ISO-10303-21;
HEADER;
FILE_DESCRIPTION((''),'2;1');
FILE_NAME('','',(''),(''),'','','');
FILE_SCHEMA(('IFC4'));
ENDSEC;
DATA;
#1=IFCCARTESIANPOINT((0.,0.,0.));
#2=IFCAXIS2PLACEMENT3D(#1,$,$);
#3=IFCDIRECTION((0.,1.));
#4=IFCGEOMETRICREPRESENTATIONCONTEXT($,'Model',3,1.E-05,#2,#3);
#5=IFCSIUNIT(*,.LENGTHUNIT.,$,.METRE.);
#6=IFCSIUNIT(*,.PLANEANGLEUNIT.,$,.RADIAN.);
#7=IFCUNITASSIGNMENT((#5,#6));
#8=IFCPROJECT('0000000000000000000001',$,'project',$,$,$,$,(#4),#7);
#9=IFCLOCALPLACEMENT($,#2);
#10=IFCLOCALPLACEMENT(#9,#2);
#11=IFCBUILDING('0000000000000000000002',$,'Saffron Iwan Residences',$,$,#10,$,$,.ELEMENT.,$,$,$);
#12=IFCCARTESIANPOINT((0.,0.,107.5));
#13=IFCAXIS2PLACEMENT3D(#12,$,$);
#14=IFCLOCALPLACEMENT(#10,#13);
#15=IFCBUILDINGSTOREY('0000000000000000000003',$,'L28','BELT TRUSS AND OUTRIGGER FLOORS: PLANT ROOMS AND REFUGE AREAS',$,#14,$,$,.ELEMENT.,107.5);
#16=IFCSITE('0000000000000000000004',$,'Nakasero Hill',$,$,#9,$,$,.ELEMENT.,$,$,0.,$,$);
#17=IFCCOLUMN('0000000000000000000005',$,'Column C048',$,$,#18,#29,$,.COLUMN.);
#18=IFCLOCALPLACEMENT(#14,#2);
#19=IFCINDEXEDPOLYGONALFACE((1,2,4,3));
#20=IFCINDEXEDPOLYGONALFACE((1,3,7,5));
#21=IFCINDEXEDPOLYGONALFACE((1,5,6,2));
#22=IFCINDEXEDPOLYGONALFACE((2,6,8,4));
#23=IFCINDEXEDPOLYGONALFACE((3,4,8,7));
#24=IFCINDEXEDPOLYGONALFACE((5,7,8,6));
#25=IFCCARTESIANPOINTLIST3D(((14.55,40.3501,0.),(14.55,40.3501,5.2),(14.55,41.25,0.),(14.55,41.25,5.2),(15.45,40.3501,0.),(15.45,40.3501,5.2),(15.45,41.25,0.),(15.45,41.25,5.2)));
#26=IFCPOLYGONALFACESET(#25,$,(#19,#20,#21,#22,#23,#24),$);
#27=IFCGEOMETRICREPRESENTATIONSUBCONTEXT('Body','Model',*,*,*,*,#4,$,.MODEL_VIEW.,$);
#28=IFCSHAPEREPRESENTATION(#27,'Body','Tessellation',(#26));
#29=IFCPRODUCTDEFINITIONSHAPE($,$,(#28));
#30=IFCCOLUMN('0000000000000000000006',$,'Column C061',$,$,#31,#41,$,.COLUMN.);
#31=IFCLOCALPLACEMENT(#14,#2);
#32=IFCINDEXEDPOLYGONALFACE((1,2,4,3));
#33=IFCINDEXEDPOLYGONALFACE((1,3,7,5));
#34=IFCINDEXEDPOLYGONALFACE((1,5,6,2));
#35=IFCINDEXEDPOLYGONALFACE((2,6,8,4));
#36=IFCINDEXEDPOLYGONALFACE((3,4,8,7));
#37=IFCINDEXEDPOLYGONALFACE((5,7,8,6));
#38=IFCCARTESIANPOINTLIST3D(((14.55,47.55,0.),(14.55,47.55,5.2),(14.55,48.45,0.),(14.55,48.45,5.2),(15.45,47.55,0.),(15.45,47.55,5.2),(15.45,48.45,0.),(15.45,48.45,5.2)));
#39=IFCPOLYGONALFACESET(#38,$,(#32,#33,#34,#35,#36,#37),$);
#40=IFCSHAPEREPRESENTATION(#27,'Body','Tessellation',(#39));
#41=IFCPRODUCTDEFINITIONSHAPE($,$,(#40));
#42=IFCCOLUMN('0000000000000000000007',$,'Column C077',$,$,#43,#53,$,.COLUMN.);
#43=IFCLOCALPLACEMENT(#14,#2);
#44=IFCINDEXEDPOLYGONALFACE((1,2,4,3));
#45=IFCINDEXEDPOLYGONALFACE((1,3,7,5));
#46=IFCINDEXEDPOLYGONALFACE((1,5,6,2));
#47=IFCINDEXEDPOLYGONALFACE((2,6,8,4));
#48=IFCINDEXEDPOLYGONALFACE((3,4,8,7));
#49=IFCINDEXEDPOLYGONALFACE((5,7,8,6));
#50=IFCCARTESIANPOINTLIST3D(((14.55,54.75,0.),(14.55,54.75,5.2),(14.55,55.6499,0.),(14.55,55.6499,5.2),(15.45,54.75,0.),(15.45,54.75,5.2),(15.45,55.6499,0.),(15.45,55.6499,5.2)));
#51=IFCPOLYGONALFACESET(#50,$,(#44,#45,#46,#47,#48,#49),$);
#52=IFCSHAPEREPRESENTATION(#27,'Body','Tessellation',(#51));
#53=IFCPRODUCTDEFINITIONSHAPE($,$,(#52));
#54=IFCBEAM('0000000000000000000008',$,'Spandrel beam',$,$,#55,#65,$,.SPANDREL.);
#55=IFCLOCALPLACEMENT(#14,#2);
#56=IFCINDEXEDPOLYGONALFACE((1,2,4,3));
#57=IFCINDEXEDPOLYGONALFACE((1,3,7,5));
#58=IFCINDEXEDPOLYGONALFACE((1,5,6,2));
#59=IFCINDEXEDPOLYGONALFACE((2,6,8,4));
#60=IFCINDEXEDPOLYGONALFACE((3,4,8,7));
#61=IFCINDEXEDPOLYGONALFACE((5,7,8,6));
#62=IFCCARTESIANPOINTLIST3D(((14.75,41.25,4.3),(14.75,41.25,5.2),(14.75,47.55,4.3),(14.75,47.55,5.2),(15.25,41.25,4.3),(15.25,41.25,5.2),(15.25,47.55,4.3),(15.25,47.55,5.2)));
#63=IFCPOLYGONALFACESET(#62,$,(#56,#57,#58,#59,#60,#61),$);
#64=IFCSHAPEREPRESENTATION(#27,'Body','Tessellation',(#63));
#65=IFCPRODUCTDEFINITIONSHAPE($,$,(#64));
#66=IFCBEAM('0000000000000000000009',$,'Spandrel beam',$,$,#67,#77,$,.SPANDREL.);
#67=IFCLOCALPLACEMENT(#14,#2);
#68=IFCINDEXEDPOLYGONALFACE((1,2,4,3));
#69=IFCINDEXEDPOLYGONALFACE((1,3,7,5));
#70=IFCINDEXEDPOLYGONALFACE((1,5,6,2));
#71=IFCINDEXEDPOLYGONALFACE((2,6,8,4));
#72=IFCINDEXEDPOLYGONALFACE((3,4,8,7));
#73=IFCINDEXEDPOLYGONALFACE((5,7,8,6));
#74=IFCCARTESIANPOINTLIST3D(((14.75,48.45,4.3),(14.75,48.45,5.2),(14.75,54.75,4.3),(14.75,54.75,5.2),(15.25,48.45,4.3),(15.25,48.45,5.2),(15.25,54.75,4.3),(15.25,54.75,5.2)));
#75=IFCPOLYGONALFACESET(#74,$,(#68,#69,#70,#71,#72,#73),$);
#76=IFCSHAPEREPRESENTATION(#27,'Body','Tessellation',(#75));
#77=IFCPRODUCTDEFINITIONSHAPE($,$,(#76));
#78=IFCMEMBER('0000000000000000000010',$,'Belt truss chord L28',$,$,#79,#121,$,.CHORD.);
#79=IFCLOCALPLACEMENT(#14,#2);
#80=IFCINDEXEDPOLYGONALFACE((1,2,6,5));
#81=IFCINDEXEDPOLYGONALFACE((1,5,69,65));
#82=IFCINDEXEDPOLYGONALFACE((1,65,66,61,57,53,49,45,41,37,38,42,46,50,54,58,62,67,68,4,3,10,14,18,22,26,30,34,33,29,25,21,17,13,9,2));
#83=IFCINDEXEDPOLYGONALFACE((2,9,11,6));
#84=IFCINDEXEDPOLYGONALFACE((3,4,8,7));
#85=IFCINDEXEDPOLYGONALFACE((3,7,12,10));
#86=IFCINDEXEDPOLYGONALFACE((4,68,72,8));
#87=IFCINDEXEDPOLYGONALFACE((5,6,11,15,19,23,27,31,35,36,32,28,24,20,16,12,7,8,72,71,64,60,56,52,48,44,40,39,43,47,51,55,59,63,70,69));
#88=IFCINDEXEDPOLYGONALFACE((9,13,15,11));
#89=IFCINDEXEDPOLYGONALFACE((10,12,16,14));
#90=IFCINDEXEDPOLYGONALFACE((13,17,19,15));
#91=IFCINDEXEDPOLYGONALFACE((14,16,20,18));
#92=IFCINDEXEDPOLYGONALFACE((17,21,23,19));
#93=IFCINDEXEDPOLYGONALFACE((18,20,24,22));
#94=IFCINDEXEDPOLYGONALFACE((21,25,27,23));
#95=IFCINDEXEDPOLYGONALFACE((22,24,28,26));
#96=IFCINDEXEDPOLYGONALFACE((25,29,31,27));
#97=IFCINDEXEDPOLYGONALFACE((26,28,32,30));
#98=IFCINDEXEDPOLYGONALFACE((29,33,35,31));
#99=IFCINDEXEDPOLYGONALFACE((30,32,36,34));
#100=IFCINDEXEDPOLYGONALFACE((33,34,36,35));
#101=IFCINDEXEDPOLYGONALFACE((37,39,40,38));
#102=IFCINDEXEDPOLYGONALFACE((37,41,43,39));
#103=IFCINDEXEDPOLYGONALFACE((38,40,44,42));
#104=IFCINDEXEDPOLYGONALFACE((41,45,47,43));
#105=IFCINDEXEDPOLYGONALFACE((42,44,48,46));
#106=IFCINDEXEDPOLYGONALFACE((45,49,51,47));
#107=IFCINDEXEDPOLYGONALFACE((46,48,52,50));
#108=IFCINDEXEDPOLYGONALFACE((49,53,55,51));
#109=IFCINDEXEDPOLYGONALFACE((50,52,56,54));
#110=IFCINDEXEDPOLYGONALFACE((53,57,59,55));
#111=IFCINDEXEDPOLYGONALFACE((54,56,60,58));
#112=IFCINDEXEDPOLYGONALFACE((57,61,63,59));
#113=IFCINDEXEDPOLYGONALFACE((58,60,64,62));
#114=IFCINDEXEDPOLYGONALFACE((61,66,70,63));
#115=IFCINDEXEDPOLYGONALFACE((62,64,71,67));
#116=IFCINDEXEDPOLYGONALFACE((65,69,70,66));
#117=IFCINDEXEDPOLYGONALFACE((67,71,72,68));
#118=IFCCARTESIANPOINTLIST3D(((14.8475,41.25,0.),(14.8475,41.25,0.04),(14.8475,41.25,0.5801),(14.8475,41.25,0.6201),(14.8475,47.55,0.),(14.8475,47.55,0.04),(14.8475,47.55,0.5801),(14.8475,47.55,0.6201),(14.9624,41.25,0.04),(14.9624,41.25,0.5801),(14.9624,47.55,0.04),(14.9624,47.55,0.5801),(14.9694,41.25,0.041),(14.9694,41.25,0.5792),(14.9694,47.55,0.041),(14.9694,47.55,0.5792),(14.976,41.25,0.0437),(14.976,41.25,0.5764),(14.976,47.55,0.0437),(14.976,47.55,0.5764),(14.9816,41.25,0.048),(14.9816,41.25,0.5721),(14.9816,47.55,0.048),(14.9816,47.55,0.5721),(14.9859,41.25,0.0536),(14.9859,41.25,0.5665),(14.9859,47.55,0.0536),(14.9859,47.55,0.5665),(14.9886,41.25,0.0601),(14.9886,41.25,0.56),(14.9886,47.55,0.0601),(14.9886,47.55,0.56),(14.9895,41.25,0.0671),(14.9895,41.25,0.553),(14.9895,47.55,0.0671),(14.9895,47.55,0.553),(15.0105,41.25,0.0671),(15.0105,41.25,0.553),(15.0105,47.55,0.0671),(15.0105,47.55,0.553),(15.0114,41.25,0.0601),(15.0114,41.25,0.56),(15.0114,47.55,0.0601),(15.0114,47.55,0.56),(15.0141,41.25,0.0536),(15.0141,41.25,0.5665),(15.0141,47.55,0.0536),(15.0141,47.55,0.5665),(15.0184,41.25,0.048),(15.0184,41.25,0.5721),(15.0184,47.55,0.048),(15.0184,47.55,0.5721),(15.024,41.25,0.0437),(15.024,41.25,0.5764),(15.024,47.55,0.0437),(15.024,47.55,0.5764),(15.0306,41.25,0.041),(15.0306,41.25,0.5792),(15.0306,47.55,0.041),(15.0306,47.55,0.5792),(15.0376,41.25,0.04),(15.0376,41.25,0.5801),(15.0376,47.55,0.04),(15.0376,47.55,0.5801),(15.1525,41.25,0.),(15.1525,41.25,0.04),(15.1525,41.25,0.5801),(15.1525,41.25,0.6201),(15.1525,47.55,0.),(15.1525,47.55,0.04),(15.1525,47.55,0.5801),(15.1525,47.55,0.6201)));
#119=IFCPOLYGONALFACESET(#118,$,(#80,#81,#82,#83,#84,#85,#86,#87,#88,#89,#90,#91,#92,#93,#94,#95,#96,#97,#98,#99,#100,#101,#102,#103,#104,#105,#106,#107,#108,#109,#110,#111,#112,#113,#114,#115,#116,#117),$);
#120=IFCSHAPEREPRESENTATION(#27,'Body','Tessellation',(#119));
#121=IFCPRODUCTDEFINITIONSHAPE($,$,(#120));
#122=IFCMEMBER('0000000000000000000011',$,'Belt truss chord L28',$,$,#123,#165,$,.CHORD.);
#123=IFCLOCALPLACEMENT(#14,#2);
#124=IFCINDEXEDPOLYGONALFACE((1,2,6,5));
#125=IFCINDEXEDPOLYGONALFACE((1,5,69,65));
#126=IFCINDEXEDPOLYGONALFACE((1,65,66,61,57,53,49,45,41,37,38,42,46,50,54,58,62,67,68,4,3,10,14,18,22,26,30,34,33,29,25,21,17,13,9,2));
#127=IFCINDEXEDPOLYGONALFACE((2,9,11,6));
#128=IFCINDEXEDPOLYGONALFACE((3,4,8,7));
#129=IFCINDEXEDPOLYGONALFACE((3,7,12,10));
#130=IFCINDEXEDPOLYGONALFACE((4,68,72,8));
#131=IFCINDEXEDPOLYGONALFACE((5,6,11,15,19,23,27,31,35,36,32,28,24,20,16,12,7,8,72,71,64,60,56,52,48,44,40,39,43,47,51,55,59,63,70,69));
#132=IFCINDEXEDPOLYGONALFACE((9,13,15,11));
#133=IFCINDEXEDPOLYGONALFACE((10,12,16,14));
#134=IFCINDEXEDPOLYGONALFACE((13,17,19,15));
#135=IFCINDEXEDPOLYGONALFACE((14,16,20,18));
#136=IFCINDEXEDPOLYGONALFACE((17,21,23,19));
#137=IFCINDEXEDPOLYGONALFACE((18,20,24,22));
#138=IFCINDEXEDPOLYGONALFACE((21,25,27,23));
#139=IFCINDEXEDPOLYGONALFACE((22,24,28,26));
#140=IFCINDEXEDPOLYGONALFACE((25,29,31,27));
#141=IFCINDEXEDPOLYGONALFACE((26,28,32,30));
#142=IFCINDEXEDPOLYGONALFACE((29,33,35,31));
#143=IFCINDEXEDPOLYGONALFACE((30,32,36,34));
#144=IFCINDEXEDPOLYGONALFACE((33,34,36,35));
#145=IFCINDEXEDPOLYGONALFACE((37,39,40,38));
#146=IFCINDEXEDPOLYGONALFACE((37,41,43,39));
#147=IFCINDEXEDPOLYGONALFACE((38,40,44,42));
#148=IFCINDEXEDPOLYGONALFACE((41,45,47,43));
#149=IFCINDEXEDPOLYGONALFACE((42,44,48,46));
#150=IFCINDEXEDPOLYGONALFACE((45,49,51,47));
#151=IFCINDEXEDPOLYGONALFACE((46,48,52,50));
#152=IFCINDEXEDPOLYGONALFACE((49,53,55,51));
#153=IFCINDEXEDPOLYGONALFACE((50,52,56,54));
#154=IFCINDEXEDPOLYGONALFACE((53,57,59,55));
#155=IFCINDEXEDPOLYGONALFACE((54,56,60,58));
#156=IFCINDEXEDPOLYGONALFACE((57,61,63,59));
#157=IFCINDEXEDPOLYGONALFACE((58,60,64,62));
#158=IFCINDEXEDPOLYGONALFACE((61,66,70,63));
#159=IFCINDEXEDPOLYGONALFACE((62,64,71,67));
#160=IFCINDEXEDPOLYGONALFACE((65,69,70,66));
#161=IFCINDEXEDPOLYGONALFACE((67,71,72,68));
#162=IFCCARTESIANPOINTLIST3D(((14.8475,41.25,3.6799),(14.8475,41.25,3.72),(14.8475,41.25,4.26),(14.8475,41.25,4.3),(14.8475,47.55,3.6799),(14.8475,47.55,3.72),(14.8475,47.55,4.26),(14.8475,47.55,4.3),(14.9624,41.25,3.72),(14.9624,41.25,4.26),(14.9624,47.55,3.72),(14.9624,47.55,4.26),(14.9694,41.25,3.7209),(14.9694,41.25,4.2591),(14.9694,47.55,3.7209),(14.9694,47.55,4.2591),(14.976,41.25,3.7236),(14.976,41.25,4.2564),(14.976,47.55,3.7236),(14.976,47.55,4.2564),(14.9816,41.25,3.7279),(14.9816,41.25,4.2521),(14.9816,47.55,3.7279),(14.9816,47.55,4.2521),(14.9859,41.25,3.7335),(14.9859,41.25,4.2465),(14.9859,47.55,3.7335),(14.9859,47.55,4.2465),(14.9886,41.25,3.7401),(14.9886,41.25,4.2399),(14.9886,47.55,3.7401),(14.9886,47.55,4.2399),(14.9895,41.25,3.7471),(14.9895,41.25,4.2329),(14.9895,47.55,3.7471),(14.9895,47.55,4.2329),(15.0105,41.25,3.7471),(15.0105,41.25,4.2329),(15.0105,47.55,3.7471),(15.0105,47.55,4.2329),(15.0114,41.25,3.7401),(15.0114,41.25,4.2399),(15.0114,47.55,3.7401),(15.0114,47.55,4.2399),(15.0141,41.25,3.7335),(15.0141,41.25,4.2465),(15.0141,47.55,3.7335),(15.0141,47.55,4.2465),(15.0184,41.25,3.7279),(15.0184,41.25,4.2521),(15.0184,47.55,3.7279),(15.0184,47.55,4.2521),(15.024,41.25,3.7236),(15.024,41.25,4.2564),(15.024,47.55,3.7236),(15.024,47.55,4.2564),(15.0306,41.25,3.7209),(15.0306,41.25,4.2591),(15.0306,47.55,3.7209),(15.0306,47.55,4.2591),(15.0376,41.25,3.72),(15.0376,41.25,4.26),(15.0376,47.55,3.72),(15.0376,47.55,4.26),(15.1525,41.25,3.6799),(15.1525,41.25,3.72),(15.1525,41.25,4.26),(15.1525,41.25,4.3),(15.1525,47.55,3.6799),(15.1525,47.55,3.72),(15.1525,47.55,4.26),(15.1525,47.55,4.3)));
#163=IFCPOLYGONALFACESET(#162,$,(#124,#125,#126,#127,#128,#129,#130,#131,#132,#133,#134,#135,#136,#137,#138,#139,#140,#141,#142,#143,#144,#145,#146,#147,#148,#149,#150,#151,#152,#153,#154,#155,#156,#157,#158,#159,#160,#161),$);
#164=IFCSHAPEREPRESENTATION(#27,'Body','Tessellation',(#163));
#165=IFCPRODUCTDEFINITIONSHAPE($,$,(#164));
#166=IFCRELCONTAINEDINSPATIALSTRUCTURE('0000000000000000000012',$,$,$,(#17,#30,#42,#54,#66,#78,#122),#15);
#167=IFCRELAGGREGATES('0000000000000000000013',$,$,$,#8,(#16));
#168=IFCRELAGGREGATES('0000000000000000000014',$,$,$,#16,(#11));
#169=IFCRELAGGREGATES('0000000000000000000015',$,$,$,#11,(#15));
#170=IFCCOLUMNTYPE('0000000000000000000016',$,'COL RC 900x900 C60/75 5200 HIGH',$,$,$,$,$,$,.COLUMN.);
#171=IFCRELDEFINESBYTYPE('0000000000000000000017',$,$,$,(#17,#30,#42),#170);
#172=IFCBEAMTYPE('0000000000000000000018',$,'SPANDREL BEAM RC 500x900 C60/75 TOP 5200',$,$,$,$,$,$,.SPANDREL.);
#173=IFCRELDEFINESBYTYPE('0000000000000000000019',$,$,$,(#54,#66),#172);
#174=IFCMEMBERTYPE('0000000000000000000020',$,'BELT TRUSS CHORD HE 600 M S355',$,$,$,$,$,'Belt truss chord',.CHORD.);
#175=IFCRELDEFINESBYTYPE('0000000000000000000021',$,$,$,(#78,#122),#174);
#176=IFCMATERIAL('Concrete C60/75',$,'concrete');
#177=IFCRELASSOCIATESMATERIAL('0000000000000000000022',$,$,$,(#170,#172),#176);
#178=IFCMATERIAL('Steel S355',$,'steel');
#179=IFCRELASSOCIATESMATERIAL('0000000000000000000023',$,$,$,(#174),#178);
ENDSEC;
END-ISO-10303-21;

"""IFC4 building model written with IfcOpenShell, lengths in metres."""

from ifc_helpers import new_model, si_unit, direction, frame, origin, origin_2d, place, context, subcontext, project, spatial, rectangle, i_section, extrude, source, transform, mapped, material, material_profile, profile_set, type_object, element, save


model = new_model("IFC4")

# Units and contexts
model_context = context("Model", 3, precision=1e-05, world=origin(), true_north=direction((0.0, 1.0)))
body_context = subcontext(model_context, "Body", "Model", "MODEL_VIEW")
ifc_project = project(units=[si_unit("LENGTHUNIT", "METRE"), si_unit("PLANEANGLEUNIT", "RADIAN")], contexts=[model_context])

# Site, building, storey
site_placement = place(None, origin())
site = spatial("IfcSite", under=ifc_project, at=site_placement, Name="Nakasero Hill", CompositionType="ELEMENT", RefElevation=0.0)
building_placement = place(site_placement, origin())
building = spatial("IfcBuilding", under=site, at=building_placement, Name="Saffron Iwan Residences", CompositionType="ELEMENT")
storey_placement = place(building_placement, frame((0.0, 0.0, 107.5)))
storey = spatial("IfcBuildingStorey", under=building, at=storey_placement, Name="L28", Description="BELT TRUSS AND OUTRIGGER FLOORS: PLANT ROOMS AND REFUGE AREAS", CompositionType="ELEMENT", Elevation=107.5)

# Columns
ifc_material_1 = material(Name="Concrete C60/75", Category="concrete")
ifc_material_profile_1 = material_profile(ifc_material_1, rectangle(XDim=0.8999, YDim=0.8999, at=origin_2d()), Name="RC 900x900")
ifc_profile_set_1 = profile_set([ifc_material_profile_1], Name="Concrete C60/75")
column_type = type_object("IfcColumnType", Name="COL RC 900x900 C60/75 5200 HIGH", PredefinedType="COLUMN", material=ifc_profile_set_1)
shared_shape_1 = source(origin(), body_context, "Body", "SweptSolid", [
    extrude(rectangle(XDim=0.8999, YDim=0.8999, at=origin_2d()), origin(), (0.0, 0.0, 1.0), 5.2),
])
for number, where, z_axis, x_axis, name in (
    (1, (15.0, 40.8, 0.0), (0.0, 0.0, 1.0), (1.0, 0.0, 0.0), "Column C048"),
    (2, (15.0, 48.0, 0.0), (0.0, 0.0, 1.0), (1.0, 0.0, 0.0), "Column C061"),
    (3, (15.0, 55.2, 0.0), (0.0, 0.0, 1.0), (1.0, 0.0, 0.0), "Column C077"),
):
    element("IfcColumn", number, at=place(storey_placement, frame(where, z_axis=z_axis, x_axis=x_axis)), inside=storey, type_object=column_type, Name=name, PredefinedType="COLUMN", context=body_context, shape_type="MappedRepresentation", body=[
        mapped(shared_shape_1, transform((0.0, 0.0, 0.0))),
    ])

# Beams
ifc_material_profile_2 = material_profile(ifc_material_1, rectangle(XDim=0.5, YDim=0.8999, at=origin_2d()), Name="RC 500x900")
ifc_profile_set_2 = profile_set([ifc_material_profile_2], Name="Concrete C60/75")
beam_type = type_object("IfcBeamType", Name="SPANDREL BEAM RC 500x900 C60/75 TOP 5200", PredefinedType="SPANDREL", material=ifc_profile_set_2)
shared_shape_2 = source(origin(), body_context, "Body", "SweptSolid", [
    extrude(rectangle(XDim=0.5, YDim=0.8999, at=origin_2d()), origin(), (0.0, 0.0, 1.0), 6.3),
])
for number, where, z_axis, x_axis, name in (
    (4, (15.0, 41.25, 4.75), (0.0, 1.0, 0.0), (-1.0, 0.0, 0.0), "Spandrel beam"),
    (5, (15.0, 48.45, 4.75), (0.0, 1.0, 0.0), (-1.0, 0.0, 0.0), "Spandrel beam"),
):
    element("IfcBeam", number, at=place(storey_placement, frame(where, z_axis=z_axis, x_axis=x_axis)), inside=storey, type_object=beam_type, Name=name, PredefinedType="SPANDREL", context=body_context, shape_type="MappedRepresentation", body=[
        mapped(shared_shape_2, transform((0.0, 0.0, 0.0))),
    ])

# Members
ifc_material_2 = material(Name="Steel S355", Category="steel")
ifc_material_profile_3 = material_profile(ifc_material_2, i_section(OverallWidth=0.3049, OverallDepth=0.6201, WebThickness=0.021, FlangeThickness=0.04, FilletRadius=0.0271, at=origin_2d()), Name="HE 600 M")
ifc_profile_set_3 = profile_set([ifc_material_profile_3], Name="Steel S355")
member_type_1 = type_object("IfcMemberType", Name="BELT TRUSS CHORD HE 600 M S355", ElementType="Belt truss chord", PredefinedType="CHORD", material=ifc_profile_set_3)
shared_shape_3 = source(origin(), body_context, "Body", "SweptSolid", [
    extrude(i_section(OverallWidth=0.3049, OverallDepth=0.6201, WebThickness=0.021, FlangeThickness=0.04, FilletRadius=0.0271, at=origin_2d()), origin(), (0.0, 0.0, 1.0), 6.3),
])
for number, where, z_axis, x_axis, name in (
    (6, (15.0, 41.25, 0.3101), (0.0, 1.0, 0.0), (-1.0, 0.0, 0.0), "Belt truss chord L28"),
    (7, (15.0, 41.25, 3.99), (0.0, 1.0, 0.0), (-1.0, 0.0, 0.0), "Belt truss chord L28"),
):
    element("IfcMember", number, at=place(storey_placement, frame(where, z_axis=z_axis, x_axis=x_axis)), inside=storey, type_object=member_type_1, Name=name, PredefinedType="CHORD", context=body_context, shape_type="MappedRepresentation", body=[
        mapped(shared_shape_3, transform((0.0, 0.0, 0.0))),
    ])

save(model, "model.ifc")
